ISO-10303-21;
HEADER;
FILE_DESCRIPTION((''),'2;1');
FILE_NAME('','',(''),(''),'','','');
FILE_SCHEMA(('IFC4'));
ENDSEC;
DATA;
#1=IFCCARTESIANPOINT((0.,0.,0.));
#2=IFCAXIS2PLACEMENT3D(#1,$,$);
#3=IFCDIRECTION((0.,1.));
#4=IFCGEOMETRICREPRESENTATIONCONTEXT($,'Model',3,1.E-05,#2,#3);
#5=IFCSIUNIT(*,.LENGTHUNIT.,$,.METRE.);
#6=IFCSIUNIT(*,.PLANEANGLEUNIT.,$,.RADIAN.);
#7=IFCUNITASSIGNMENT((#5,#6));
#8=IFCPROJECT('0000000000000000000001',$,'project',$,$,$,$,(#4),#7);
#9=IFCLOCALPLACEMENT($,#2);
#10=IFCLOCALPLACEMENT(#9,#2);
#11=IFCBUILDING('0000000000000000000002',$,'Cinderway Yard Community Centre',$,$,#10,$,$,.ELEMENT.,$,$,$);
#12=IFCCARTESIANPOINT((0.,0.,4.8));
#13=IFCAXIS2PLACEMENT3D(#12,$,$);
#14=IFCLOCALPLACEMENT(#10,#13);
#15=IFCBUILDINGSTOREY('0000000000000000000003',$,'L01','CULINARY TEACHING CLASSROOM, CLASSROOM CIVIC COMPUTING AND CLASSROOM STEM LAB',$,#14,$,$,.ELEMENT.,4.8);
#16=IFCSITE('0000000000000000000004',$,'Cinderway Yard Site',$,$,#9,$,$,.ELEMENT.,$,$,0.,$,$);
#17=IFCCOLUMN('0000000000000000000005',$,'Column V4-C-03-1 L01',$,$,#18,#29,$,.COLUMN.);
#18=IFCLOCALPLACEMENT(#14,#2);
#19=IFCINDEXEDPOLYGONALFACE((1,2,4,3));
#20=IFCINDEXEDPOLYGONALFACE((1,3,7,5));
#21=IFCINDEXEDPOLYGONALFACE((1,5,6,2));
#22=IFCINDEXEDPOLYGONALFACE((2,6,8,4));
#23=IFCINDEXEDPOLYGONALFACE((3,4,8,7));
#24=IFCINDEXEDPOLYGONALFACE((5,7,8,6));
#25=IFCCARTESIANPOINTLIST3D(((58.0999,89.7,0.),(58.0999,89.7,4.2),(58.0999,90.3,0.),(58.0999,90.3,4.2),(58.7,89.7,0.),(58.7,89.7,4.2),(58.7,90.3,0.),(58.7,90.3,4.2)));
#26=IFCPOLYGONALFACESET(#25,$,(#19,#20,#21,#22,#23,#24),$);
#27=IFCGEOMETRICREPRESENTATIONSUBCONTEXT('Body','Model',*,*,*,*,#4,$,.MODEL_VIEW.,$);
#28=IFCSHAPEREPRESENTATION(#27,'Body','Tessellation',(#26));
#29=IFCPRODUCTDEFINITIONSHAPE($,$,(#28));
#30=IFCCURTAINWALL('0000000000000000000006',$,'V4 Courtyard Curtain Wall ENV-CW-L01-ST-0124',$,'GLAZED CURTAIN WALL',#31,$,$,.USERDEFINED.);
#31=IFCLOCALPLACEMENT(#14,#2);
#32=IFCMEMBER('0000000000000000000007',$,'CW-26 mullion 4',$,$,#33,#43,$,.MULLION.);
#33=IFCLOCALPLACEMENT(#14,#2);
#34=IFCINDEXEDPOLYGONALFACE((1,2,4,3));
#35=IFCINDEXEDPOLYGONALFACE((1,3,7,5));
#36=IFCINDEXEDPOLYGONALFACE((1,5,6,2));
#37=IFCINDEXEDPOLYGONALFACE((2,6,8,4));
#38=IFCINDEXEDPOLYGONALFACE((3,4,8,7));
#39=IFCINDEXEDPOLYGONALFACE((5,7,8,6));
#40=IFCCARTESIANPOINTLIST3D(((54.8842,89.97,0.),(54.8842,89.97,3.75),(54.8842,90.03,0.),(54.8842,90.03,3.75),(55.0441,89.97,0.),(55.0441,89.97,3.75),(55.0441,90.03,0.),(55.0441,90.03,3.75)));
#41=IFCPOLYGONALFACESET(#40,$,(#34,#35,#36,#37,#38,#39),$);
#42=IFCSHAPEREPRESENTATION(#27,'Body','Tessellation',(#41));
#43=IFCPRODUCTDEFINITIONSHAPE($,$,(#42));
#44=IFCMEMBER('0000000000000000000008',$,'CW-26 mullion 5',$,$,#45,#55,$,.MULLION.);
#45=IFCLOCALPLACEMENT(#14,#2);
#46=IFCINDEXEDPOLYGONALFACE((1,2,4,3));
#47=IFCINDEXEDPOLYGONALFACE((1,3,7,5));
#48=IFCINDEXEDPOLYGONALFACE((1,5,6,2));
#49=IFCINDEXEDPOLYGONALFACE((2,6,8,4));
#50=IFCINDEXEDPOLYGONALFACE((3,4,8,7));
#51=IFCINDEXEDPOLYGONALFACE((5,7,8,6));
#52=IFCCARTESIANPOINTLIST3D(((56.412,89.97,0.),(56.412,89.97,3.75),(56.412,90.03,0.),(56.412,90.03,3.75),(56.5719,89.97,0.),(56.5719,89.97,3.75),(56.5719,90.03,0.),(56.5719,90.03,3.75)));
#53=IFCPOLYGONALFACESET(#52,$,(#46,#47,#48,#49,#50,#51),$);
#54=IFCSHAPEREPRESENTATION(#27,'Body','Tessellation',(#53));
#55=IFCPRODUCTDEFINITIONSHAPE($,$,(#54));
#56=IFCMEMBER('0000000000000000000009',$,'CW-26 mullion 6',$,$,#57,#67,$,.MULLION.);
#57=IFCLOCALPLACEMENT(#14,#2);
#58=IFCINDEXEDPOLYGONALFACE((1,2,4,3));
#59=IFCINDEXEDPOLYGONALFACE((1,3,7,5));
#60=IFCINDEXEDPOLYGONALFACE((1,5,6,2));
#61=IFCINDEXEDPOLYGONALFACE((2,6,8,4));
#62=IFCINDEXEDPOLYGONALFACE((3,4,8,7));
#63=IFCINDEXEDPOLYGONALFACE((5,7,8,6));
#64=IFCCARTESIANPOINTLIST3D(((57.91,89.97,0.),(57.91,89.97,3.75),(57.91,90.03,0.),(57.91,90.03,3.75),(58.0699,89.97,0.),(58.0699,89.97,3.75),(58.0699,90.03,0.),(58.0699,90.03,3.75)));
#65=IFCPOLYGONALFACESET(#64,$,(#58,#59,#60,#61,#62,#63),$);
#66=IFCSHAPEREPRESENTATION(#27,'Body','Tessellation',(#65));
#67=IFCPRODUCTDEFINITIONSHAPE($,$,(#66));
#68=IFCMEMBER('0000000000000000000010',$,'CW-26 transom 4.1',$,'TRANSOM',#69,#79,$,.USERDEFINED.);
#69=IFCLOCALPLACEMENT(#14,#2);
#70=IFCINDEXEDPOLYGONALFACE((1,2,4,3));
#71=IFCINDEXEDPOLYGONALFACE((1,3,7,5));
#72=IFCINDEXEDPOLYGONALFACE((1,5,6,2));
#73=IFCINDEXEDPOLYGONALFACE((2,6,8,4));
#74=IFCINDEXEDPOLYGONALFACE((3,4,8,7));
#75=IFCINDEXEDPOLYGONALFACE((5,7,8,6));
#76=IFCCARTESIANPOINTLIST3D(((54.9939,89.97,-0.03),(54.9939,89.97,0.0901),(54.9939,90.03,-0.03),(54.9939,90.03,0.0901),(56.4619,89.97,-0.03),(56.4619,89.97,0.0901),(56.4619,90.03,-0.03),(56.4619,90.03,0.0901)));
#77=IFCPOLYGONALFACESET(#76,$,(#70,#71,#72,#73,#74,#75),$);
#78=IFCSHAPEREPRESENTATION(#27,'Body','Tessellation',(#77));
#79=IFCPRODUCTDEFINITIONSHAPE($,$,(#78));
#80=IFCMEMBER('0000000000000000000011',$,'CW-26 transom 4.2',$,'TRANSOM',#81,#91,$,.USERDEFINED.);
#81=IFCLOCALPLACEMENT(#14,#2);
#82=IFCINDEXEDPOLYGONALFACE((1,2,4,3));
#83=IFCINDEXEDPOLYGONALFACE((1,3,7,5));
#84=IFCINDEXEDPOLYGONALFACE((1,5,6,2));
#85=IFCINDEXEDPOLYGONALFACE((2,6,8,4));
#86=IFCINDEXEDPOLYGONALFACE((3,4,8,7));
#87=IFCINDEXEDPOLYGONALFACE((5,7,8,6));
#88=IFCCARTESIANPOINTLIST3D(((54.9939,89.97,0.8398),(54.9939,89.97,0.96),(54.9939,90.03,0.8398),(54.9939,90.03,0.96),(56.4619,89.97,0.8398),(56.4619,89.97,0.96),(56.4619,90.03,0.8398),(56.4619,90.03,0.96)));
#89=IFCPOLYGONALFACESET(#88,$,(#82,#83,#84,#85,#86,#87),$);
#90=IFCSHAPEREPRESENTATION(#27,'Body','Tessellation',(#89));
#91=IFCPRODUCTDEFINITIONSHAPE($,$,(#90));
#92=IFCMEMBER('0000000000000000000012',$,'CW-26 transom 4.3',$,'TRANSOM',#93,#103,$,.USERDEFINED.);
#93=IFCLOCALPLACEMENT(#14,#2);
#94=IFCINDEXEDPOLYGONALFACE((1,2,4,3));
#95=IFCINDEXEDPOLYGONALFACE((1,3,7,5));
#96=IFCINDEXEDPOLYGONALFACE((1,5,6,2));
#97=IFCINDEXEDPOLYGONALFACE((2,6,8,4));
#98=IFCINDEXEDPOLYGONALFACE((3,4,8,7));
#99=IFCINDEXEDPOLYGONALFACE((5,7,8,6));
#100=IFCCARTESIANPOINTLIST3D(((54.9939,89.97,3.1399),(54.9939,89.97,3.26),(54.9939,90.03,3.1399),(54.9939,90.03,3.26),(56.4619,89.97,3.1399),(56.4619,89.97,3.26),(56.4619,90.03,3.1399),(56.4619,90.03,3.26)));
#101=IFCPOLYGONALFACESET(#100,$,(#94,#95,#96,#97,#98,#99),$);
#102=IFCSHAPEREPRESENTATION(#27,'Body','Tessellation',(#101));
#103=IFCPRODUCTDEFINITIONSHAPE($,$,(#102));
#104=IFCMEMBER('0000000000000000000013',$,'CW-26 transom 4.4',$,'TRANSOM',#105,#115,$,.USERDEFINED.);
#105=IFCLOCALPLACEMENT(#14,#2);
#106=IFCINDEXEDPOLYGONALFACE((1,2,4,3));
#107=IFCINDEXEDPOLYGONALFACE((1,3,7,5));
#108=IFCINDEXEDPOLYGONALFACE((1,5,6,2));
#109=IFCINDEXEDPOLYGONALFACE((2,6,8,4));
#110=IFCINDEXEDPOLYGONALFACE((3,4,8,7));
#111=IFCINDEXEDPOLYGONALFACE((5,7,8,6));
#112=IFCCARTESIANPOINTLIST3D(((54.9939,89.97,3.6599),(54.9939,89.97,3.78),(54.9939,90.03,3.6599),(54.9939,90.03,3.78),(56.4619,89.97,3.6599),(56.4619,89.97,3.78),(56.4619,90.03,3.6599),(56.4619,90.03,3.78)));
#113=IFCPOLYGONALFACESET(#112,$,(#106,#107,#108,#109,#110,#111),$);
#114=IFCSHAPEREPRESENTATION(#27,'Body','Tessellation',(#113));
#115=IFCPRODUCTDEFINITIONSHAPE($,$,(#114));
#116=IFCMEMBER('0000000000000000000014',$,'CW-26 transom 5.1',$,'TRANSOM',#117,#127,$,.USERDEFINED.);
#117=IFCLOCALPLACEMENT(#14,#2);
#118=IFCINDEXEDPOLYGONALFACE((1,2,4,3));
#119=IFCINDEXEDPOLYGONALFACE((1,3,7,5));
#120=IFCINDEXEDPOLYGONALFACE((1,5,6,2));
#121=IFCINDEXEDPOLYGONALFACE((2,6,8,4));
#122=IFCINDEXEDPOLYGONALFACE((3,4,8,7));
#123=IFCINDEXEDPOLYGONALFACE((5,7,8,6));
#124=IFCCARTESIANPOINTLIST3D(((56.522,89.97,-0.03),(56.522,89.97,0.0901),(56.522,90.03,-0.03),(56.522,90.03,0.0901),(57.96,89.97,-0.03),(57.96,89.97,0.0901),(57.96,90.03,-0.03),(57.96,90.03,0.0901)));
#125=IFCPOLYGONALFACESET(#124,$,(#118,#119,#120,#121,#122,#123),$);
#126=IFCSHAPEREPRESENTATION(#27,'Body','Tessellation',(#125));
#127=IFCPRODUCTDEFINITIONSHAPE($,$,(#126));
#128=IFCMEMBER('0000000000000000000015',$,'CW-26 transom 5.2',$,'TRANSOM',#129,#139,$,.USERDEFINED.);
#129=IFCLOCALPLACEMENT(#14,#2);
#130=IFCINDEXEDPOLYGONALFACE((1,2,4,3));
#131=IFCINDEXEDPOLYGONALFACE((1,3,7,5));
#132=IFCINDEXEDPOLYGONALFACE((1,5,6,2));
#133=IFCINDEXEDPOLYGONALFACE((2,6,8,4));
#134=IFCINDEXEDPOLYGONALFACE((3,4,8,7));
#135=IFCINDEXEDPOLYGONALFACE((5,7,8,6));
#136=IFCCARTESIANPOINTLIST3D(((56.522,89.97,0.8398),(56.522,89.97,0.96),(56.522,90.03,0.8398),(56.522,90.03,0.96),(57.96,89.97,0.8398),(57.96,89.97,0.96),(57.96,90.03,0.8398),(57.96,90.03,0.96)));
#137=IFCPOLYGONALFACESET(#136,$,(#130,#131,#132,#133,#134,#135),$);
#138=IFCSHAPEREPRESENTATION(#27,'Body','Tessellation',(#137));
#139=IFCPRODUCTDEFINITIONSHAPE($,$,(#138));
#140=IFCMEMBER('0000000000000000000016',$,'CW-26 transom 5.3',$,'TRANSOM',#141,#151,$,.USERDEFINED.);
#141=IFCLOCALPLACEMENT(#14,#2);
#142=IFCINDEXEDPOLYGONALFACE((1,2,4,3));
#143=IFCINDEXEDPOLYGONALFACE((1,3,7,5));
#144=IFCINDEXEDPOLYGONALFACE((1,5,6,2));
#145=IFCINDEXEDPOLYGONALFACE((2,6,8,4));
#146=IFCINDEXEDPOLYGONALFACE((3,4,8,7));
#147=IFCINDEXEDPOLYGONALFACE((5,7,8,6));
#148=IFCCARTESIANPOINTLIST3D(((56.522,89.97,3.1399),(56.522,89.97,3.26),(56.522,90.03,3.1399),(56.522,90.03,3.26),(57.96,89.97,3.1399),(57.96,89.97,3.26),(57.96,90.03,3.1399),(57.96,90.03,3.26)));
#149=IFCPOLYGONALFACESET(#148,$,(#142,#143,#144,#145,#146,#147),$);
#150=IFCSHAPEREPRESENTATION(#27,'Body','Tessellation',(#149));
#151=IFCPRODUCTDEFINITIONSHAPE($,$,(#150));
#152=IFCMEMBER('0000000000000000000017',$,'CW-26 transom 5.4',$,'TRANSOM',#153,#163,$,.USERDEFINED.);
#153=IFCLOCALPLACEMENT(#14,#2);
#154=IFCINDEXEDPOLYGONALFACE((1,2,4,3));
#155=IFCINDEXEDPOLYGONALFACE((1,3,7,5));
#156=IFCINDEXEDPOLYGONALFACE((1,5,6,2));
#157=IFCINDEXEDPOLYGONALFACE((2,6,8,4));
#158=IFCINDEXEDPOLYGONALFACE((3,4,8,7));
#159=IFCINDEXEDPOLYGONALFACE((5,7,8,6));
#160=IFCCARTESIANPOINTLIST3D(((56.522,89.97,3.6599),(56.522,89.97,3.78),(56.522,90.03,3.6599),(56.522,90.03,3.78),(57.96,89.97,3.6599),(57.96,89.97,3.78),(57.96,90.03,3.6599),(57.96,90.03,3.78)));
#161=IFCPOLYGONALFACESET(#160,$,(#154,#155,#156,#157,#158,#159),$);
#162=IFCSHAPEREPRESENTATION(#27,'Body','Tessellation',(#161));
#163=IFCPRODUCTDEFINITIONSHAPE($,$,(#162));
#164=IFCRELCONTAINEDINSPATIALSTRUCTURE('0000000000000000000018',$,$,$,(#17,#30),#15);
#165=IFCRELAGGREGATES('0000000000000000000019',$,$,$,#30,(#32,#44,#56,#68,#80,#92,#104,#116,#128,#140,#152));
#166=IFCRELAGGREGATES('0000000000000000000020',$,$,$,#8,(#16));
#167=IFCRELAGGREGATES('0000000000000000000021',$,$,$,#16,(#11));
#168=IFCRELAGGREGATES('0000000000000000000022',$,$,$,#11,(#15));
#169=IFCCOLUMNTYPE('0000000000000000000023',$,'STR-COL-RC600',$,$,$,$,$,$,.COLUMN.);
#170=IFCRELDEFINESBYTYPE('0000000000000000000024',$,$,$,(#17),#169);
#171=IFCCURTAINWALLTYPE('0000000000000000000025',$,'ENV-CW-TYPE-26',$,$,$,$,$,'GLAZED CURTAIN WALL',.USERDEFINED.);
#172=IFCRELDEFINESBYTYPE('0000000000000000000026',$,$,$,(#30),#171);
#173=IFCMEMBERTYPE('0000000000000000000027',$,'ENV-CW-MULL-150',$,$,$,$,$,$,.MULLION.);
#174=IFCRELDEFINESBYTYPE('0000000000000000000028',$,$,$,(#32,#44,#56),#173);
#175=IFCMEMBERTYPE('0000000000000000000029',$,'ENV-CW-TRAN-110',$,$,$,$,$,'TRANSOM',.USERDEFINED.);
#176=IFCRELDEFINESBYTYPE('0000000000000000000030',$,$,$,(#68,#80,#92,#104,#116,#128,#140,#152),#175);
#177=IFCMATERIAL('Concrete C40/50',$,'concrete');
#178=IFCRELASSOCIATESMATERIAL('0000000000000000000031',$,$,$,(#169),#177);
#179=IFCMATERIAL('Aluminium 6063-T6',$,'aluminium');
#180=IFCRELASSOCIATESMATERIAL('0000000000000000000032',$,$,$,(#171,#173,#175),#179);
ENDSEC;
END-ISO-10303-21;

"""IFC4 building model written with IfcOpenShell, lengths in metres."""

from ifc_helpers import new_model, si_unit, direction, frame, origin, origin_2d, place, context, subcontext, project, spatial, rectangle, extrude, material, material_profile, profile_set, type_object, element, aggregate, save


model = new_model("IFC4")

# Units and contexts
model_context = context("Model", 3, precision=1e-05, world=origin(), true_north=direction((0.0, 1.0)))
body_context = subcontext(model_context, "Body", "Model", "MODEL_VIEW")
ifc_project = project(units=[si_unit("LENGTHUNIT", "METRE"), si_unit("PLANEANGLEUNIT", "RADIAN")], contexts=[model_context])

# Site, building, storey
site_placement = place(None, origin())
site = spatial("IfcSite", under=ifc_project, at=site_placement, Name="Cinderway Yard Site", CompositionType="ELEMENT", RefElevation=0.0)
building_placement = place(site_placement, origin())
building = spatial("IfcBuilding", under=site, at=building_placement, Name="Cinderway Yard Community Centre", CompositionType="ELEMENT")
storey_placement = place(building_placement, frame((0.0, 0.0, 4.8)))
storey = spatial("IfcBuildingStorey", under=building, at=storey_placement, Name="L01", Description="CULINARY TEACHING CLASSROOM, CLASSROOM CIVIC COMPUTING AND CLASSROOM STEM LAB", CompositionType="ELEMENT", Elevation=4.8)

# Column
ifc_material_1 = material(Name="Concrete C40/50", Category="concrete")
ifc_material_profile_1 = material_profile(ifc_material_1, rectangle(XDim=0.6001, YDim=0.6001, at=origin_2d()), Name="Concrete C40/50")
ifc_profile_set_1 = profile_set([ifc_material_profile_1], Name="Concrete C40/50")
column_type = type_object("IfcColumnType", Name="STR-COL-RC600", PredefinedType="COLUMN", material=ifc_profile_set_1)
column_placement = place(storey_placement, frame((58.3999, 90.0, 0.0), z_axis=(0.0, 0.0, 1.0), x_axis=(1.0, 0.0, 0.0)))
element("IfcColumn", 1, at=column_placement, inside=storey, type_object=column_type, Name="Column V4-C-03-1 L01", PredefinedType="COLUMN", context=body_context, shape_type="SweptSolid", body=[
    extrude(rectangle(XDim=0.6001, YDim=0.6001, at=origin_2d()), origin(), (0.0, 0.0, 1.0), 4.2),
])

# Curtain wall, members
ifc_material_2 = material(Name="Aluminium 6063-T6", Category="aluminium")
curtain_wall_type = type_object("IfcCurtainWallType", Name="ENV-CW-TYPE-26", ElementType="GLAZED CURTAIN WALL", PredefinedType="USERDEFINED", material=ifc_material_2)
curtain_wall_placement = place(storey_placement, origin())
curtain_wall = element("IfcCurtainWall", 2, at=curtain_wall_placement, inside=storey, type_object=curtain_wall_type, Name="V4 Courtyard Curtain Wall ENV-CW-L01-ST-0124", ObjectType="GLAZED CURTAIN WALL", PredefinedType="USERDEFINED")
ifc_material_profile_2 = material_profile(ifc_material_2, rectangle(XDim=0.0601, YDim=0.1599, at=origin_2d()), Name="Aluminium 6063-T6")
ifc_profile_set_2 = profile_set([ifc_material_profile_2], Name="Aluminium 6063-T6")
member_type_1 = type_object("IfcMemberType", Name="ENV-CW-MULL-150", PredefinedType="MULLION", material=ifc_profile_set_2)
member_1_placement = place(storey_placement, frame((54.9641, 90.0, 0.0), z_axis=(0.0, 0.0, 1.0), x_axis=(0.0, 1.0, 0.0)))
member_1 = element("IfcMember", 3, at=member_1_placement, type_object=member_type_1, Name="CW-26 mullion 4", PredefinedType="MULLION", context=body_context, shape_type="SweptSolid", body=[
    extrude(rectangle(XDim=0.0601, YDim=0.1599, at=origin_2d()), origin(), (0.0, 0.0, 1.0), 3.75),
])
member_2_placement = place(storey_placement, frame((56.4919, 90.0, 0.0), z_axis=(0.0, 0.0, 1.0), x_axis=(0.0, 1.0, 0.0)))
member_2 = element("IfcMember", 4, at=member_2_placement, type_object=member_type_1, Name="CW-26 mullion 5", PredefinedType="MULLION", context=body_context, shape_type="SweptSolid", body=[
    extrude(rectangle(XDim=0.0601, YDim=0.1599, at=origin_2d()), origin(), (0.0, 0.0, 1.0), 3.75),
])
member_3_placement = place(storey_placement, frame((57.99, 90.0, 0.0), z_axis=(0.0, 0.0, 1.0), x_axis=(0.0, 1.0, 0.0)))
member_3 = element("IfcMember", 5, at=member_3_placement, type_object=member_type_1, Name="CW-26 mullion 6", PredefinedType="MULLION", context=body_context, shape_type="SweptSolid", body=[
    extrude(rectangle(XDim=0.0601, YDim=0.1599, at=origin_2d()), origin(), (0.0, 0.0, 1.0), 3.75),
])
ifc_material_profile_3 = material_profile(ifc_material_2, rectangle(XDim=0.0601, YDim=0.1201, at=origin_2d()), Name="Aluminium 6063-T6")
ifc_profile_set_3 = profile_set([ifc_material_profile_3], Name="Aluminium 6063-T6")
member_type_2 = type_object("IfcMemberType", Name="ENV-CW-TRAN-110", ElementType="TRANSOM", PredefinedType="USERDEFINED", material=ifc_profile_set_3)
member_4_placement = place(storey_placement, frame((54.9939, 90.0, 0.03), z_axis=(1.0, 0.0, 0.0), x_axis=(0.0, 1.0, 0.0)))
member_4 = element("IfcMember", 6, at=member_4_placement, type_object=member_type_2, Name="CW-26 transom 4.1", ObjectType="TRANSOM", PredefinedType="USERDEFINED", context=body_context, shape_type="SweptSolid", body=[
    extrude(rectangle(XDim=0.0601, YDim=0.1201, at=origin_2d()), origin(), (0.0, 0.0, 1.0), 1.468),
])
member_5_placement = place(storey_placement, frame((54.9939, 90.0, 0.8999), z_axis=(1.0, 0.0, 0.0), x_axis=(0.0, 1.0, 0.0)))
member_5 = element("IfcMember", 7, at=member_5_placement, type_object=member_type_2, Name="CW-26 transom 4.2", ObjectType="TRANSOM", PredefinedType="USERDEFINED", context=body_context, shape_type="SweptSolid", body=[
    extrude(rectangle(XDim=0.0601, YDim=0.1201, at=origin_2d()), origin(), (0.0, 0.0, 1.0), 1.468),
])
member_6_placement = place(storey_placement, frame((54.9939, 90.0, 3.2), z_axis=(1.0, 0.0, 0.0), x_axis=(0.0, 1.0, 0.0)))
member_6 = element("IfcMember", 8, at=member_6_placement, type_object=member_type_2, Name="CW-26 transom 4.3", ObjectType="TRANSOM", PredefinedType="USERDEFINED", context=body_context, shape_type="SweptSolid", body=[
    extrude(rectangle(XDim=0.0601, YDim=0.1201, at=origin_2d()), origin(), (0.0, 0.0, 1.0), 1.468),
])
member_7_placement = place(storey_placement, frame((54.9939, 90.0, 3.72), z_axis=(1.0, 0.0, 0.0), x_axis=(0.0, 1.0, 0.0)))
member_7 = element("IfcMember", 9, at=member_7_placement, type_object=member_type_2, Name="CW-26 transom 4.4", ObjectType="TRANSOM", PredefinedType="USERDEFINED", context=body_context, shape_type="SweptSolid", body=[
    extrude(rectangle(XDim=0.0601, YDim=0.1201, at=origin_2d()), origin(), (0.0, 0.0, 1.0), 1.468),
])
member_8_placement = place(storey_placement, frame((56.522, 90.0, 0.03), z_axis=(1.0, 0.0, 0.0), x_axis=(0.0, 1.0, 0.0)))
member_8 = element("IfcMember", 10, at=member_8_placement, type_object=member_type_2, Name="CW-26 transom 5.1", ObjectType="TRANSOM", PredefinedType="USERDEFINED", context=body_context, shape_type="SweptSolid", body=[
    extrude(rectangle(XDim=0.0601, YDim=0.1201, at=origin_2d()), origin(), (0.0, 0.0, 1.0), 1.438),
])
member_9_placement = place(storey_placement, frame((56.522, 90.0, 0.8999), z_axis=(1.0, 0.0, 0.0), x_axis=(0.0, 1.0, 0.0)))
member_9 = element("IfcMember", 11, at=member_9_placement, type_object=member_type_2, Name="CW-26 transom 5.2", ObjectType="TRANSOM", PredefinedType="USERDEFINED", context=body_context, shape_type="SweptSolid", body=[
    extrude(rectangle(XDim=0.0601, YDim=0.1201, at=origin_2d()), origin(), (0.0, 0.0, 1.0), 1.438),
])
member_10_placement = place(storey_placement, frame((56.522, 90.0, 3.2), z_axis=(1.0, 0.0, 0.0), x_axis=(0.0, 1.0, 0.0)))
member_10 = element("IfcMember", 12, at=member_10_placement, type_object=member_type_2, Name="CW-26 transom 5.3", ObjectType="TRANSOM", PredefinedType="USERDEFINED", context=body_context, shape_type="SweptSolid", body=[
    extrude(rectangle(XDim=0.0601, YDim=0.1201, at=origin_2d()), origin(), (0.0, 0.0, 1.0), 1.438),
])
member_11_placement = place(storey_placement, frame((56.522, 90.0, 3.72), z_axis=(1.0, 0.0, 0.0), x_axis=(0.0, 1.0, 0.0)))
member_11 = element("IfcMember", 13, at=member_11_placement, type_object=member_type_2, Name="CW-26 transom 5.4", ObjectType="TRANSOM", PredefinedType="USERDEFINED", context=body_context, shape_type="SweptSolid", body=[
    extrude(rectangle(XDim=0.0601, YDim=0.1201, at=origin_2d()), origin(), (0.0, 0.0, 1.0), 1.438),
])

aggregate(curtain_wall, [member_1, member_2, member_3, member_4, member_5, member_6, member_7, member_8, member_9, member_10, member_11])

save(model, "model.ifc")
